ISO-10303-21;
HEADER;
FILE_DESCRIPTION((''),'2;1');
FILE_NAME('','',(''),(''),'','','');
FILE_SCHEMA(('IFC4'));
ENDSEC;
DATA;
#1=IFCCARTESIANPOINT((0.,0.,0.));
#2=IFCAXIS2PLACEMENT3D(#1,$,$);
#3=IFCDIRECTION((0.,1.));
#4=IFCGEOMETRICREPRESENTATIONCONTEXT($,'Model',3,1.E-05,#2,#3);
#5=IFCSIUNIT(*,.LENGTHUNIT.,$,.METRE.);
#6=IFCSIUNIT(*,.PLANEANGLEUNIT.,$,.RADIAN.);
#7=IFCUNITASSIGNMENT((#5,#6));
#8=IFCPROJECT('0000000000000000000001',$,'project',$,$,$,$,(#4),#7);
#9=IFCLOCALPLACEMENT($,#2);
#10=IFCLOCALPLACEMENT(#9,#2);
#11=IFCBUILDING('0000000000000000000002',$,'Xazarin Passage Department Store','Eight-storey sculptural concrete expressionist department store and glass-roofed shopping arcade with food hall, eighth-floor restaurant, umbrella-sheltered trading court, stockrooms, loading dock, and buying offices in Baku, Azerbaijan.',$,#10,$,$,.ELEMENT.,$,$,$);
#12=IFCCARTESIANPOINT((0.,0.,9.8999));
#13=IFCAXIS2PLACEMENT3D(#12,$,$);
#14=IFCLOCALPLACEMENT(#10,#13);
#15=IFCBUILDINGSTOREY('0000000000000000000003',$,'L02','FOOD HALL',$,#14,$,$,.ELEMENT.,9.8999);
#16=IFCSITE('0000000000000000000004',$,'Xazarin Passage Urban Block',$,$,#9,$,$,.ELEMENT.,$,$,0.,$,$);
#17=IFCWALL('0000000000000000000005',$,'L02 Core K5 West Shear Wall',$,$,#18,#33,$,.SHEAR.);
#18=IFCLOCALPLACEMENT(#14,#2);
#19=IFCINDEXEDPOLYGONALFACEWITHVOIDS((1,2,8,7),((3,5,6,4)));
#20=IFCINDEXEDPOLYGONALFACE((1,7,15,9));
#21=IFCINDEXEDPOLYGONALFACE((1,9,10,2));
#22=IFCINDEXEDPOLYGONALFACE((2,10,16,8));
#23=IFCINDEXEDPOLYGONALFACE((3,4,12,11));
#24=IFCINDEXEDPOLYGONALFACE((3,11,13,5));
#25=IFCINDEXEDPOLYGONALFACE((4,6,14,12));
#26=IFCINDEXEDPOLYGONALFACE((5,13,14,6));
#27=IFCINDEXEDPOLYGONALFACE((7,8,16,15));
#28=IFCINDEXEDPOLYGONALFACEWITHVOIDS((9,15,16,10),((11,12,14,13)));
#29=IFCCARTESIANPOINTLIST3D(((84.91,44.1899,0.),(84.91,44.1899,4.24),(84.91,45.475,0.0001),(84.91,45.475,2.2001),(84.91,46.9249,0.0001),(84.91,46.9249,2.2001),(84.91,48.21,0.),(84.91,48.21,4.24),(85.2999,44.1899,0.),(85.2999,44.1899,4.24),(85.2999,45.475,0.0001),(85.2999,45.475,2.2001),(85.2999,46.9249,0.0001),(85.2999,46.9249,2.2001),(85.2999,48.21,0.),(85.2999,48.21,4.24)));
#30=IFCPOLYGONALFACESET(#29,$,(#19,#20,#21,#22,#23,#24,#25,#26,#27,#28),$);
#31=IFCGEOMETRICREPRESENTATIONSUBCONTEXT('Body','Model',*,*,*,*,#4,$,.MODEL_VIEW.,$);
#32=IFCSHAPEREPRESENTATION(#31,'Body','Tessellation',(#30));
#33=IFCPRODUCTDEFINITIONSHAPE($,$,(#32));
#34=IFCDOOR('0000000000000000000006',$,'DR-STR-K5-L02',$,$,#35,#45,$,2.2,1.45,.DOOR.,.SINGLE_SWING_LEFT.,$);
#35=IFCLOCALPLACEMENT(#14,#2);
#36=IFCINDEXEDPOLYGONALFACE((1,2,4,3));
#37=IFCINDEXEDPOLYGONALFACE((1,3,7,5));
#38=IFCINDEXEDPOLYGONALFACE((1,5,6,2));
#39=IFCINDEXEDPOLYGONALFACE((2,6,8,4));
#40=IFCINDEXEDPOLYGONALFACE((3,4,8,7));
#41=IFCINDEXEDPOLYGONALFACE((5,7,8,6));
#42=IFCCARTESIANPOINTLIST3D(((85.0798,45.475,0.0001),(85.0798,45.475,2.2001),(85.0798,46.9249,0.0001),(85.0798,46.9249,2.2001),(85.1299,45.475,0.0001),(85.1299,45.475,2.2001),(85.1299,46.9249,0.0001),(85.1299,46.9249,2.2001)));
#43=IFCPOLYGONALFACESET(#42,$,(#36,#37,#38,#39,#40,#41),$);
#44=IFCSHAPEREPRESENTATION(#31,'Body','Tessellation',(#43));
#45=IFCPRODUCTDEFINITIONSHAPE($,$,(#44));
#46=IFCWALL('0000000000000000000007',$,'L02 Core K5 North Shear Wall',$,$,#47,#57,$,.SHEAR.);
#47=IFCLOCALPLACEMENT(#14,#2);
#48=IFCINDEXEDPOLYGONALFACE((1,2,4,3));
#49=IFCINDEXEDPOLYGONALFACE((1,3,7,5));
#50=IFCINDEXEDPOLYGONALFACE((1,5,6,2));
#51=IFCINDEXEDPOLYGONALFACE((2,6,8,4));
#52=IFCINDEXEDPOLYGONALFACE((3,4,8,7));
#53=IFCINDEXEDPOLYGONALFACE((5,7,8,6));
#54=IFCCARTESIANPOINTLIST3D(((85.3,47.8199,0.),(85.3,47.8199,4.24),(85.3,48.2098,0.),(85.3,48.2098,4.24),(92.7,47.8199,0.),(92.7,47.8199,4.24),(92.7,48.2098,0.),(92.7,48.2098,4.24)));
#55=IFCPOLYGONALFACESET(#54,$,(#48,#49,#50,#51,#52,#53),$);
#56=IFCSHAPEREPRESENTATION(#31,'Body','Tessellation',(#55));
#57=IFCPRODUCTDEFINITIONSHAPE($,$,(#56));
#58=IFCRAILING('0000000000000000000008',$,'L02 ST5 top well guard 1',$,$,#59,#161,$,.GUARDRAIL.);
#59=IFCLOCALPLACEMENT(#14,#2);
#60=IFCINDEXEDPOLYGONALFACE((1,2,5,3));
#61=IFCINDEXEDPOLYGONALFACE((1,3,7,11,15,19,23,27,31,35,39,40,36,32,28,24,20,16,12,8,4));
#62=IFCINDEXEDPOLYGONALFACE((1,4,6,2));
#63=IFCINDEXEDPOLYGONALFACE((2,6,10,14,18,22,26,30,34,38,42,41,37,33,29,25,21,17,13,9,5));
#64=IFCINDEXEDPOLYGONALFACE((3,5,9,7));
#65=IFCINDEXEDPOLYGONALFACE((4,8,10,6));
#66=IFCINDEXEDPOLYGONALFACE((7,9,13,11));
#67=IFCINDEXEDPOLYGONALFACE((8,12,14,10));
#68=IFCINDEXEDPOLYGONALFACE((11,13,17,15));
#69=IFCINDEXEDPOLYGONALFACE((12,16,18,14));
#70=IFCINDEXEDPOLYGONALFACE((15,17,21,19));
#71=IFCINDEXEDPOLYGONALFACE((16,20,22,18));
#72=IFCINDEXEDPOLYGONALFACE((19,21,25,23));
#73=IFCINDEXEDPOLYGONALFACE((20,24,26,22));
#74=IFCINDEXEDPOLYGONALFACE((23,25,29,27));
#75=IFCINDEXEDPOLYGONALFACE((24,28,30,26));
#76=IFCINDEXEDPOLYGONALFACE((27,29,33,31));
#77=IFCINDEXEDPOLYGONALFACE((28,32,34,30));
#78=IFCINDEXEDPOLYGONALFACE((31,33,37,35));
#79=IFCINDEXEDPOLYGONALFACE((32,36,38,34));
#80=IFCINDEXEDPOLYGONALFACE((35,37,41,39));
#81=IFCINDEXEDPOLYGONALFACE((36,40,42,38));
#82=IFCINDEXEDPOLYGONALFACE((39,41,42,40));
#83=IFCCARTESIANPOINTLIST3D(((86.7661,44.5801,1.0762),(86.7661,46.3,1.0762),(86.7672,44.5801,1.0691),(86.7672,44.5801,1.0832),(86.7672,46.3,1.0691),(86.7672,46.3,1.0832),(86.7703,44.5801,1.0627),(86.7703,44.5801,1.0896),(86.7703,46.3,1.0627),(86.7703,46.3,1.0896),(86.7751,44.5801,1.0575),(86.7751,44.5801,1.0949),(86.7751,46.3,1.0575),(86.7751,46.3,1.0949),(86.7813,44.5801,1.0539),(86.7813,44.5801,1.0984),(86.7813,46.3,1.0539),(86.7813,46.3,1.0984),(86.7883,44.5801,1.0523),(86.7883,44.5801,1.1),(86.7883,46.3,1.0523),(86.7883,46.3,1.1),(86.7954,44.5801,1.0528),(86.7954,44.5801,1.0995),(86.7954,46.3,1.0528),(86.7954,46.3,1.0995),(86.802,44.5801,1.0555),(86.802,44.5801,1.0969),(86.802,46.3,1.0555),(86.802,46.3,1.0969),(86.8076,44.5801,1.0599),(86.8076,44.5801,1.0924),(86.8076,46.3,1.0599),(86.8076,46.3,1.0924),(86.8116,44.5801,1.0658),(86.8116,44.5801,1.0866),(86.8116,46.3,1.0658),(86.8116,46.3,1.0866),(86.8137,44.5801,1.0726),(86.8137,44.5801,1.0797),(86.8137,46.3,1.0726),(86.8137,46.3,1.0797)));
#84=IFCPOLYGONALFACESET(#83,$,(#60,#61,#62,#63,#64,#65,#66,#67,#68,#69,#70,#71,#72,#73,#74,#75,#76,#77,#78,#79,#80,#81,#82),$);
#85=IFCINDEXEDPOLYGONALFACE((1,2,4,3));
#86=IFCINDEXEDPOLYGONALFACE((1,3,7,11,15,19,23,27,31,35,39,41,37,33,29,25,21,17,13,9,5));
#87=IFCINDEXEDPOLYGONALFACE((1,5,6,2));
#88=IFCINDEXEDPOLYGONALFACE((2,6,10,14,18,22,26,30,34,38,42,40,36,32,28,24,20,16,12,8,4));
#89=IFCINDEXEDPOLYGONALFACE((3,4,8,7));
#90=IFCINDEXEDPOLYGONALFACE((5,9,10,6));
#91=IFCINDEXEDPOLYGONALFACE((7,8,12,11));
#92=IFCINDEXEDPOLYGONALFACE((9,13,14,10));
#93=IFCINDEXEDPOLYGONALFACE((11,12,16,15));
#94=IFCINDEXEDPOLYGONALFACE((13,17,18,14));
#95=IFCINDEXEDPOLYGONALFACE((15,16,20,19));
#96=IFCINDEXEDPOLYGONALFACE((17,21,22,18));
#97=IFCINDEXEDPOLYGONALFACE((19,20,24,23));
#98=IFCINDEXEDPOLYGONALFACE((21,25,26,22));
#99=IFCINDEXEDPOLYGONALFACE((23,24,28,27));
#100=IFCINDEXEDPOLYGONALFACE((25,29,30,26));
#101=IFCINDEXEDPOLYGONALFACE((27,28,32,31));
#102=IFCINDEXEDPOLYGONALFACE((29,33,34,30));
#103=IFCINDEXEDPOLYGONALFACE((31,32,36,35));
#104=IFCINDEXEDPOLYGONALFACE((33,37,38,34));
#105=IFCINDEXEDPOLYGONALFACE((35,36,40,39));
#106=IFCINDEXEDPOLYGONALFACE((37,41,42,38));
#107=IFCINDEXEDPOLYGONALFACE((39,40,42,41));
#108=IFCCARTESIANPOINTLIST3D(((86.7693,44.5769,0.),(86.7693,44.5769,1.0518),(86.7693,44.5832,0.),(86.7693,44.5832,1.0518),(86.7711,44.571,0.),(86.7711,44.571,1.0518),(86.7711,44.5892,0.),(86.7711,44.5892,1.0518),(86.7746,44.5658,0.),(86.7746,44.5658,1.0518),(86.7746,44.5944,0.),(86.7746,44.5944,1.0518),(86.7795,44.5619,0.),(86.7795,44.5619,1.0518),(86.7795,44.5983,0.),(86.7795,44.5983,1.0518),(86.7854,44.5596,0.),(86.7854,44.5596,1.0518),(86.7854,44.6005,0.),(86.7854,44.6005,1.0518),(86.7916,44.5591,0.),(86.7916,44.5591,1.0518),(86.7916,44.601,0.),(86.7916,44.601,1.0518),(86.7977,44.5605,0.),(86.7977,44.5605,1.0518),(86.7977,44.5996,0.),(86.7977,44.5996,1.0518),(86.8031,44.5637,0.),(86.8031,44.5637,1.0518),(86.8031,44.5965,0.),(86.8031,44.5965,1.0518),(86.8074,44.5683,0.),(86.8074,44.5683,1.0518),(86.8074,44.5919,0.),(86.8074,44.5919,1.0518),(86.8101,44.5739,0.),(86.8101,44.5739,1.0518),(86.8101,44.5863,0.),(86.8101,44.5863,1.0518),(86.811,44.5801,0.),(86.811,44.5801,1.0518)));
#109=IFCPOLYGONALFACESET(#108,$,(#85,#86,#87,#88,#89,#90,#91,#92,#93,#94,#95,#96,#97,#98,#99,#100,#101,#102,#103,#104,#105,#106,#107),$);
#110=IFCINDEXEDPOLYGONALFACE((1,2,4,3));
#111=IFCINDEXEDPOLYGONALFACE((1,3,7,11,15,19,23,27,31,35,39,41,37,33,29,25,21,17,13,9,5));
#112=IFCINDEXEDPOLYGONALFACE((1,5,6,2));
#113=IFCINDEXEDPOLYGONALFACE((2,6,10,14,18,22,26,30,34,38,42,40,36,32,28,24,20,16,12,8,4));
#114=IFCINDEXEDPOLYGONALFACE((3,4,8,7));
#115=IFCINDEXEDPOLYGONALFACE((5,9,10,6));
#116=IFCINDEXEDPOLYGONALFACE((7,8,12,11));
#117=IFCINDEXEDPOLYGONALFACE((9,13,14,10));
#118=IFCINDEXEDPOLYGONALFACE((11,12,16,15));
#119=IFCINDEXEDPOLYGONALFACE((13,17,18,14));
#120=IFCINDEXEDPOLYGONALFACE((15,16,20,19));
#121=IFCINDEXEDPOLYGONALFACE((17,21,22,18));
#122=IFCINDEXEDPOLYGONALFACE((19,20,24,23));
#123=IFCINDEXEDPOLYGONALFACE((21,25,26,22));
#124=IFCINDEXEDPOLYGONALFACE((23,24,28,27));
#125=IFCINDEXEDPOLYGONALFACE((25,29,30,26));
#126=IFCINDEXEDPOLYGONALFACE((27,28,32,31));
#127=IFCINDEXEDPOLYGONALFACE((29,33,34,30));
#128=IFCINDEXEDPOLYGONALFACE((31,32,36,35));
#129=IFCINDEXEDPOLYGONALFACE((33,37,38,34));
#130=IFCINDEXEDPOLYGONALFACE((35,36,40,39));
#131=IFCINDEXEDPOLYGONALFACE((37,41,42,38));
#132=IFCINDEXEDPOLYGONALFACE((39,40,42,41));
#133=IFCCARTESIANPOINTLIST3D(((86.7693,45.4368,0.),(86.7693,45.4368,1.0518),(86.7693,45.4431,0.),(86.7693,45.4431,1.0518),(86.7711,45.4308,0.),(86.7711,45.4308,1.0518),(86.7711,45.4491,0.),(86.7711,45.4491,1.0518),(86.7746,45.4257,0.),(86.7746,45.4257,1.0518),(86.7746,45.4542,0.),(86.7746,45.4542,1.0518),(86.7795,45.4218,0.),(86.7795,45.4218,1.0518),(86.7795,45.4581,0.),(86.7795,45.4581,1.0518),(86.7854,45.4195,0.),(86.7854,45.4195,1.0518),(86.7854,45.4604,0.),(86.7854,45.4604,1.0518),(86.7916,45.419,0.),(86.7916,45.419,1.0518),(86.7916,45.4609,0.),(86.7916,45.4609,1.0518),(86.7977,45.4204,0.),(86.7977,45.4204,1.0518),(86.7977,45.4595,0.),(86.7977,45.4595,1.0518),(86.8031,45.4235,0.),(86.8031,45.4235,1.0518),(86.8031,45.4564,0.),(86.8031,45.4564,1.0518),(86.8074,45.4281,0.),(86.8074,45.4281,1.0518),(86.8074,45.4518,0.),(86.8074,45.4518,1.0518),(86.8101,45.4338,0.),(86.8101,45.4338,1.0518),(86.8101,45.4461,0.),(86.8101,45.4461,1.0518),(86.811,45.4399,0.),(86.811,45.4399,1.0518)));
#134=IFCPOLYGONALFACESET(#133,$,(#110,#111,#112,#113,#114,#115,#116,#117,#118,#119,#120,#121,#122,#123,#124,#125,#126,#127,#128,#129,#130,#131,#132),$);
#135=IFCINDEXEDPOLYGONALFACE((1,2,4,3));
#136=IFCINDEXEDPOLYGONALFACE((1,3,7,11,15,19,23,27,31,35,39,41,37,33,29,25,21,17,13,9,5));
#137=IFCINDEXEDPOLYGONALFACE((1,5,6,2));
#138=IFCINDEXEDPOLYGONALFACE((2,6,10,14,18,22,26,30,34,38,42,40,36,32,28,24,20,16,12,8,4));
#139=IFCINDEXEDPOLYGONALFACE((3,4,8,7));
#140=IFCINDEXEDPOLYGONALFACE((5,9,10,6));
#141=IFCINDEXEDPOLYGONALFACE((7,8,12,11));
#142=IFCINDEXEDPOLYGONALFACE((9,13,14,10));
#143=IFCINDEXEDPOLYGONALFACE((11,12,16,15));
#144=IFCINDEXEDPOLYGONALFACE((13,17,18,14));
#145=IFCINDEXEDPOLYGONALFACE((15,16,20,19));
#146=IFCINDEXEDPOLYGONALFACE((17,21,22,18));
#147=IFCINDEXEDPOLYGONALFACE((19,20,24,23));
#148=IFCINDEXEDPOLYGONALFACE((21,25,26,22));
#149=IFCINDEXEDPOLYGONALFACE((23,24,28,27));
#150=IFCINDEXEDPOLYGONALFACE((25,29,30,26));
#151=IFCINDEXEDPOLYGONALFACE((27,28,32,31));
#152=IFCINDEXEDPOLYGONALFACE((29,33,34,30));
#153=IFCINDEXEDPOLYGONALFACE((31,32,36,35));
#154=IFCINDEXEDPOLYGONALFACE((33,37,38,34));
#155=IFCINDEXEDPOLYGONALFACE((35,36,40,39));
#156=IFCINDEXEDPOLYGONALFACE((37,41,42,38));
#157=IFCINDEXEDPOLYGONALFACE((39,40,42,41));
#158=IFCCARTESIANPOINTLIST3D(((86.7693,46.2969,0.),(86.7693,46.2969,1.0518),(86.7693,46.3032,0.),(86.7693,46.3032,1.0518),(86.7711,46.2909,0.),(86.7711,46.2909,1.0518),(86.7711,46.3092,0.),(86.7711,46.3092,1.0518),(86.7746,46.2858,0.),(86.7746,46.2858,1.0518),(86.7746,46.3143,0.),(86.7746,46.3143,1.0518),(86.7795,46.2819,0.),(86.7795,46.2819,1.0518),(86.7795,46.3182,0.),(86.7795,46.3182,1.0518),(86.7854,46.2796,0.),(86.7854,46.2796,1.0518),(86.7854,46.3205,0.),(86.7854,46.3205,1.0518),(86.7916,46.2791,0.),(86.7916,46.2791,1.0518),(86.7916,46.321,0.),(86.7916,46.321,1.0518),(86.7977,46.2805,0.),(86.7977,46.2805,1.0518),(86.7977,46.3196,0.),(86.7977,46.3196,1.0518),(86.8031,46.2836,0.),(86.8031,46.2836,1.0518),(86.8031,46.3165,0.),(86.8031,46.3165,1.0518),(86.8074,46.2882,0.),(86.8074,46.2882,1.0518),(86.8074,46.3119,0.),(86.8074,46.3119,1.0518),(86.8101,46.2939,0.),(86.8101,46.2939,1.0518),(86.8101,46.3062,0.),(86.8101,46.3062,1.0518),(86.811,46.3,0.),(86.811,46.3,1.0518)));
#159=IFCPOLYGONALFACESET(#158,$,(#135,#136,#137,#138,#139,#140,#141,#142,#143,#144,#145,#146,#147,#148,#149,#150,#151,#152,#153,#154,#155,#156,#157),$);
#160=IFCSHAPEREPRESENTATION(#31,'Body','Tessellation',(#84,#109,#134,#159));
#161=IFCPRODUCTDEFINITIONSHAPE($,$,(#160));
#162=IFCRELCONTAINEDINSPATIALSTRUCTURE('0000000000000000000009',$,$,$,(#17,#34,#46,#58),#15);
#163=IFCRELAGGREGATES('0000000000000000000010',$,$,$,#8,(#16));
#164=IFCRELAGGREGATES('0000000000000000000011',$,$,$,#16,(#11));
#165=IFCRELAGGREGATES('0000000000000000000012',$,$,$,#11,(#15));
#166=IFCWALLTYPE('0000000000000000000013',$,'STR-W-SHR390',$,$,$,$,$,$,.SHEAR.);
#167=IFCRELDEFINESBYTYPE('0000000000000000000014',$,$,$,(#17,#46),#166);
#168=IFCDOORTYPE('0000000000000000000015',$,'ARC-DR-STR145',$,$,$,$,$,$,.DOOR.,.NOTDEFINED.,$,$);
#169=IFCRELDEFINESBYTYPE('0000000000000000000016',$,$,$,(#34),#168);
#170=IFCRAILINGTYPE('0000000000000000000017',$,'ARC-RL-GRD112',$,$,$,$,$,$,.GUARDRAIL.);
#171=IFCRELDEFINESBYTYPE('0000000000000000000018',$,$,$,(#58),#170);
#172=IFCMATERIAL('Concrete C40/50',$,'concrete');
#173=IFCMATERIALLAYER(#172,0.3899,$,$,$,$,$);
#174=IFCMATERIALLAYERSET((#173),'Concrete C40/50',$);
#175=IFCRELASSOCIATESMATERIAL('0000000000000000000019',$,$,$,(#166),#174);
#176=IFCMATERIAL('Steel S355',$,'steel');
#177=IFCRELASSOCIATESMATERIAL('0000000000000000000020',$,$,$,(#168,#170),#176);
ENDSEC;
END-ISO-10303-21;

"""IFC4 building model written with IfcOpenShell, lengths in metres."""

from ifc_helpers import new_model, si_unit, direction, frame, frame_2d, origin, origin_2d, place, context, subcontext, project, spatial, rectangle, circle, extrude, material, layer, layer_set, type_object, element, fill, save


model = new_model("IFC4")

# Units and contexts
model_context = context("Model", 3, precision=1e-05, world=origin(), true_north=direction((0.0, 1.0)))
body_context = subcontext(model_context, "Body", "Model", "MODEL_VIEW")
ifc_project = project(units=[si_unit("LENGTHUNIT", "METRE"), si_unit("PLANEANGLEUNIT", "RADIAN")], contexts=[model_context])

# Site, building, storey
site_placement = place(None, origin())
site = spatial("IfcSite", under=ifc_project, at=site_placement, Name="Xazarin Passage Urban Block", CompositionType="ELEMENT", RefElevation=0.0)
building_placement = place(site_placement, origin())
building = spatial("IfcBuilding", under=site, at=building_placement, Name="Xazarin Passage Department Store", Description="Eight-storey sculptural concrete expressionist department store and glass-roofed shopping arcade with food hall, eighth-floor restaurant, umbrella-sheltered trading court, stockrooms, loading dock, and buying offices in Baku, Azerbaijan.", CompositionType="ELEMENT")
storey_placement = place(building_placement, frame((0.0, 0.0, 9.8999)))
storey = spatial("IfcBuildingStorey", under=building, at=storey_placement, Name="L02", Description="FOOD HALL", CompositionType="ELEMENT", Elevation=9.8999)

# Shared definitions
ifc_material_1 = material(Name="Concrete C40/50", Category="concrete")

# Shared definitions
ifc_material_2 = material(Name="Steel S355", Category="steel")

# Wall, opening, door
ifc_layer_1 = layer(ifc_material_1, 0.3899)
ifc_layer_set_1 = layer_set([ifc_layer_1], Name="Concrete C40/50")
wall_type_1 = type_object("IfcWallType", Name="STR-W-SHR390", PredefinedType="SHEAR", material=ifc_layer_set_1)
wall_1_placement = place(storey_placement, frame((85.105, 48.21, 0.0), z_axis=(0.0, 0.0, 1.0), x_axis=(0.0, -1.0, 0.0)))
wall_1 = element("IfcWall", 1, at=wall_1_placement, inside=storey, type_object=wall_type_1, Name="L02 Core K5 West Shear Wall", PredefinedType="SHEAR", context=body_context, shape_type="SweptSolid", body=[
    extrude(rectangle(XDim=4.02, YDim=0.3899, at=frame_2d((2.01, 0.0))), origin(), (0.0, 0.0, 1.0), 4.24),
])
opening_placement = place(wall_1_placement, frame((1.2849, 0.0, 0.0)))
opening = element("IfcOpeningElement", 2, at=opening_placement, cuts=wall_1, PredefinedType="OPENING", context=body_context, shape_type="SweptSolid", body=[
    extrude(rectangle(XDim=1.45, YDim=2.2, at=frame_2d((0.7251, 1.1001))), frame((0.0, 0.2048, 0.0), z_axis=(0.0, -1.0, 0.0), x_axis=(1.0, 0.0, 0.0)), (0.0, 0.0, 1.0), 0.4099),
])
door_type = type_object("IfcDoorType", Name="ARC-DR-STR145", OperationType="NOTDEFINED", PredefinedType="DOOR", material=ifc_material_2)
door_placement = place(opening_placement, origin())
door = element("IfcDoor", 3, at=door_placement, inside=storey, type_object=door_type, Name="DR-STR-K5-L02", OperationType="SINGLE_SWING_LEFT", OverallHeight=2.2, OverallWidth=1.45, PredefinedType="DOOR", context=body_context, shape_type="SweptSolid", body=[
    extrude(rectangle(XDim=1.45, YDim=2.2, at=frame_2d((0.7251, 1.1001))), frame((0.0, 0.0249, 0.0), z_axis=(0.0, -1.0, 0.0), x_axis=(1.0, 0.0, 0.0)), (0.0, 0.0, 1.0), 0.05),
])
fill(opening, door)

# Wall
wall_2_placement = place(storey_placement, frame((85.3, 48.0149, 0.0), z_axis=(0.0, 0.0, 1.0), x_axis=(1.0, 0.0, 0.0)))
element("IfcWall", 4, at=wall_2_placement, inside=storey, type_object=wall_type_1, Name="L02 Core K5 North Shear Wall", PredefinedType="SHEAR", context=body_context, shape_type="SweptSolid", body=[
    extrude(rectangle(XDim=7.3999, YDim=0.3899, at=frame_2d((3.7, 0.0))), origin(), (0.0, 0.0, 1.0), 4.24),
])

# Railing
railing_type = type_object("IfcRailingType", Name="ARC-RL-GRD112", PredefinedType="GUARDRAIL", material=ifc_material_2)
railing_placement = place(storey_placement, frame((86.79, 44.5801, 0.0)))
element("IfcRailing", 5, at=railing_placement, inside=storey, type_object=railing_type, Name="L02 ST5 top well guard 1", PredefinedType="GUARDRAIL", context=body_context, shape_type="SweptSolid", body=[
    extrude(circle(Radius=0.0239, at=origin_2d()), frame((0.0, 0.0, 1.0762), z_axis=(0.0, 1.0, 0.0), x_axis=(-1.0, 0.0, 0.0)), (0.0, 0.0, 1.0), 1.72),
    extrude(circle(Radius=0.021, at=origin_2d()), origin(), (0.0, 0.0, 1.0), 1.0518),
    extrude(circle(Radius=0.021, at=origin_2d()), frame((0.0, 0.8599, 0.0)), (0.0, 0.0, 1.0), 1.0518),
    extrude(circle(Radius=0.021, at=origin_2d()), frame((0.0, 1.72, 0.0)), (0.0, 0.0, 1.0), 1.0518),
])

save(model, "model.ifc")
